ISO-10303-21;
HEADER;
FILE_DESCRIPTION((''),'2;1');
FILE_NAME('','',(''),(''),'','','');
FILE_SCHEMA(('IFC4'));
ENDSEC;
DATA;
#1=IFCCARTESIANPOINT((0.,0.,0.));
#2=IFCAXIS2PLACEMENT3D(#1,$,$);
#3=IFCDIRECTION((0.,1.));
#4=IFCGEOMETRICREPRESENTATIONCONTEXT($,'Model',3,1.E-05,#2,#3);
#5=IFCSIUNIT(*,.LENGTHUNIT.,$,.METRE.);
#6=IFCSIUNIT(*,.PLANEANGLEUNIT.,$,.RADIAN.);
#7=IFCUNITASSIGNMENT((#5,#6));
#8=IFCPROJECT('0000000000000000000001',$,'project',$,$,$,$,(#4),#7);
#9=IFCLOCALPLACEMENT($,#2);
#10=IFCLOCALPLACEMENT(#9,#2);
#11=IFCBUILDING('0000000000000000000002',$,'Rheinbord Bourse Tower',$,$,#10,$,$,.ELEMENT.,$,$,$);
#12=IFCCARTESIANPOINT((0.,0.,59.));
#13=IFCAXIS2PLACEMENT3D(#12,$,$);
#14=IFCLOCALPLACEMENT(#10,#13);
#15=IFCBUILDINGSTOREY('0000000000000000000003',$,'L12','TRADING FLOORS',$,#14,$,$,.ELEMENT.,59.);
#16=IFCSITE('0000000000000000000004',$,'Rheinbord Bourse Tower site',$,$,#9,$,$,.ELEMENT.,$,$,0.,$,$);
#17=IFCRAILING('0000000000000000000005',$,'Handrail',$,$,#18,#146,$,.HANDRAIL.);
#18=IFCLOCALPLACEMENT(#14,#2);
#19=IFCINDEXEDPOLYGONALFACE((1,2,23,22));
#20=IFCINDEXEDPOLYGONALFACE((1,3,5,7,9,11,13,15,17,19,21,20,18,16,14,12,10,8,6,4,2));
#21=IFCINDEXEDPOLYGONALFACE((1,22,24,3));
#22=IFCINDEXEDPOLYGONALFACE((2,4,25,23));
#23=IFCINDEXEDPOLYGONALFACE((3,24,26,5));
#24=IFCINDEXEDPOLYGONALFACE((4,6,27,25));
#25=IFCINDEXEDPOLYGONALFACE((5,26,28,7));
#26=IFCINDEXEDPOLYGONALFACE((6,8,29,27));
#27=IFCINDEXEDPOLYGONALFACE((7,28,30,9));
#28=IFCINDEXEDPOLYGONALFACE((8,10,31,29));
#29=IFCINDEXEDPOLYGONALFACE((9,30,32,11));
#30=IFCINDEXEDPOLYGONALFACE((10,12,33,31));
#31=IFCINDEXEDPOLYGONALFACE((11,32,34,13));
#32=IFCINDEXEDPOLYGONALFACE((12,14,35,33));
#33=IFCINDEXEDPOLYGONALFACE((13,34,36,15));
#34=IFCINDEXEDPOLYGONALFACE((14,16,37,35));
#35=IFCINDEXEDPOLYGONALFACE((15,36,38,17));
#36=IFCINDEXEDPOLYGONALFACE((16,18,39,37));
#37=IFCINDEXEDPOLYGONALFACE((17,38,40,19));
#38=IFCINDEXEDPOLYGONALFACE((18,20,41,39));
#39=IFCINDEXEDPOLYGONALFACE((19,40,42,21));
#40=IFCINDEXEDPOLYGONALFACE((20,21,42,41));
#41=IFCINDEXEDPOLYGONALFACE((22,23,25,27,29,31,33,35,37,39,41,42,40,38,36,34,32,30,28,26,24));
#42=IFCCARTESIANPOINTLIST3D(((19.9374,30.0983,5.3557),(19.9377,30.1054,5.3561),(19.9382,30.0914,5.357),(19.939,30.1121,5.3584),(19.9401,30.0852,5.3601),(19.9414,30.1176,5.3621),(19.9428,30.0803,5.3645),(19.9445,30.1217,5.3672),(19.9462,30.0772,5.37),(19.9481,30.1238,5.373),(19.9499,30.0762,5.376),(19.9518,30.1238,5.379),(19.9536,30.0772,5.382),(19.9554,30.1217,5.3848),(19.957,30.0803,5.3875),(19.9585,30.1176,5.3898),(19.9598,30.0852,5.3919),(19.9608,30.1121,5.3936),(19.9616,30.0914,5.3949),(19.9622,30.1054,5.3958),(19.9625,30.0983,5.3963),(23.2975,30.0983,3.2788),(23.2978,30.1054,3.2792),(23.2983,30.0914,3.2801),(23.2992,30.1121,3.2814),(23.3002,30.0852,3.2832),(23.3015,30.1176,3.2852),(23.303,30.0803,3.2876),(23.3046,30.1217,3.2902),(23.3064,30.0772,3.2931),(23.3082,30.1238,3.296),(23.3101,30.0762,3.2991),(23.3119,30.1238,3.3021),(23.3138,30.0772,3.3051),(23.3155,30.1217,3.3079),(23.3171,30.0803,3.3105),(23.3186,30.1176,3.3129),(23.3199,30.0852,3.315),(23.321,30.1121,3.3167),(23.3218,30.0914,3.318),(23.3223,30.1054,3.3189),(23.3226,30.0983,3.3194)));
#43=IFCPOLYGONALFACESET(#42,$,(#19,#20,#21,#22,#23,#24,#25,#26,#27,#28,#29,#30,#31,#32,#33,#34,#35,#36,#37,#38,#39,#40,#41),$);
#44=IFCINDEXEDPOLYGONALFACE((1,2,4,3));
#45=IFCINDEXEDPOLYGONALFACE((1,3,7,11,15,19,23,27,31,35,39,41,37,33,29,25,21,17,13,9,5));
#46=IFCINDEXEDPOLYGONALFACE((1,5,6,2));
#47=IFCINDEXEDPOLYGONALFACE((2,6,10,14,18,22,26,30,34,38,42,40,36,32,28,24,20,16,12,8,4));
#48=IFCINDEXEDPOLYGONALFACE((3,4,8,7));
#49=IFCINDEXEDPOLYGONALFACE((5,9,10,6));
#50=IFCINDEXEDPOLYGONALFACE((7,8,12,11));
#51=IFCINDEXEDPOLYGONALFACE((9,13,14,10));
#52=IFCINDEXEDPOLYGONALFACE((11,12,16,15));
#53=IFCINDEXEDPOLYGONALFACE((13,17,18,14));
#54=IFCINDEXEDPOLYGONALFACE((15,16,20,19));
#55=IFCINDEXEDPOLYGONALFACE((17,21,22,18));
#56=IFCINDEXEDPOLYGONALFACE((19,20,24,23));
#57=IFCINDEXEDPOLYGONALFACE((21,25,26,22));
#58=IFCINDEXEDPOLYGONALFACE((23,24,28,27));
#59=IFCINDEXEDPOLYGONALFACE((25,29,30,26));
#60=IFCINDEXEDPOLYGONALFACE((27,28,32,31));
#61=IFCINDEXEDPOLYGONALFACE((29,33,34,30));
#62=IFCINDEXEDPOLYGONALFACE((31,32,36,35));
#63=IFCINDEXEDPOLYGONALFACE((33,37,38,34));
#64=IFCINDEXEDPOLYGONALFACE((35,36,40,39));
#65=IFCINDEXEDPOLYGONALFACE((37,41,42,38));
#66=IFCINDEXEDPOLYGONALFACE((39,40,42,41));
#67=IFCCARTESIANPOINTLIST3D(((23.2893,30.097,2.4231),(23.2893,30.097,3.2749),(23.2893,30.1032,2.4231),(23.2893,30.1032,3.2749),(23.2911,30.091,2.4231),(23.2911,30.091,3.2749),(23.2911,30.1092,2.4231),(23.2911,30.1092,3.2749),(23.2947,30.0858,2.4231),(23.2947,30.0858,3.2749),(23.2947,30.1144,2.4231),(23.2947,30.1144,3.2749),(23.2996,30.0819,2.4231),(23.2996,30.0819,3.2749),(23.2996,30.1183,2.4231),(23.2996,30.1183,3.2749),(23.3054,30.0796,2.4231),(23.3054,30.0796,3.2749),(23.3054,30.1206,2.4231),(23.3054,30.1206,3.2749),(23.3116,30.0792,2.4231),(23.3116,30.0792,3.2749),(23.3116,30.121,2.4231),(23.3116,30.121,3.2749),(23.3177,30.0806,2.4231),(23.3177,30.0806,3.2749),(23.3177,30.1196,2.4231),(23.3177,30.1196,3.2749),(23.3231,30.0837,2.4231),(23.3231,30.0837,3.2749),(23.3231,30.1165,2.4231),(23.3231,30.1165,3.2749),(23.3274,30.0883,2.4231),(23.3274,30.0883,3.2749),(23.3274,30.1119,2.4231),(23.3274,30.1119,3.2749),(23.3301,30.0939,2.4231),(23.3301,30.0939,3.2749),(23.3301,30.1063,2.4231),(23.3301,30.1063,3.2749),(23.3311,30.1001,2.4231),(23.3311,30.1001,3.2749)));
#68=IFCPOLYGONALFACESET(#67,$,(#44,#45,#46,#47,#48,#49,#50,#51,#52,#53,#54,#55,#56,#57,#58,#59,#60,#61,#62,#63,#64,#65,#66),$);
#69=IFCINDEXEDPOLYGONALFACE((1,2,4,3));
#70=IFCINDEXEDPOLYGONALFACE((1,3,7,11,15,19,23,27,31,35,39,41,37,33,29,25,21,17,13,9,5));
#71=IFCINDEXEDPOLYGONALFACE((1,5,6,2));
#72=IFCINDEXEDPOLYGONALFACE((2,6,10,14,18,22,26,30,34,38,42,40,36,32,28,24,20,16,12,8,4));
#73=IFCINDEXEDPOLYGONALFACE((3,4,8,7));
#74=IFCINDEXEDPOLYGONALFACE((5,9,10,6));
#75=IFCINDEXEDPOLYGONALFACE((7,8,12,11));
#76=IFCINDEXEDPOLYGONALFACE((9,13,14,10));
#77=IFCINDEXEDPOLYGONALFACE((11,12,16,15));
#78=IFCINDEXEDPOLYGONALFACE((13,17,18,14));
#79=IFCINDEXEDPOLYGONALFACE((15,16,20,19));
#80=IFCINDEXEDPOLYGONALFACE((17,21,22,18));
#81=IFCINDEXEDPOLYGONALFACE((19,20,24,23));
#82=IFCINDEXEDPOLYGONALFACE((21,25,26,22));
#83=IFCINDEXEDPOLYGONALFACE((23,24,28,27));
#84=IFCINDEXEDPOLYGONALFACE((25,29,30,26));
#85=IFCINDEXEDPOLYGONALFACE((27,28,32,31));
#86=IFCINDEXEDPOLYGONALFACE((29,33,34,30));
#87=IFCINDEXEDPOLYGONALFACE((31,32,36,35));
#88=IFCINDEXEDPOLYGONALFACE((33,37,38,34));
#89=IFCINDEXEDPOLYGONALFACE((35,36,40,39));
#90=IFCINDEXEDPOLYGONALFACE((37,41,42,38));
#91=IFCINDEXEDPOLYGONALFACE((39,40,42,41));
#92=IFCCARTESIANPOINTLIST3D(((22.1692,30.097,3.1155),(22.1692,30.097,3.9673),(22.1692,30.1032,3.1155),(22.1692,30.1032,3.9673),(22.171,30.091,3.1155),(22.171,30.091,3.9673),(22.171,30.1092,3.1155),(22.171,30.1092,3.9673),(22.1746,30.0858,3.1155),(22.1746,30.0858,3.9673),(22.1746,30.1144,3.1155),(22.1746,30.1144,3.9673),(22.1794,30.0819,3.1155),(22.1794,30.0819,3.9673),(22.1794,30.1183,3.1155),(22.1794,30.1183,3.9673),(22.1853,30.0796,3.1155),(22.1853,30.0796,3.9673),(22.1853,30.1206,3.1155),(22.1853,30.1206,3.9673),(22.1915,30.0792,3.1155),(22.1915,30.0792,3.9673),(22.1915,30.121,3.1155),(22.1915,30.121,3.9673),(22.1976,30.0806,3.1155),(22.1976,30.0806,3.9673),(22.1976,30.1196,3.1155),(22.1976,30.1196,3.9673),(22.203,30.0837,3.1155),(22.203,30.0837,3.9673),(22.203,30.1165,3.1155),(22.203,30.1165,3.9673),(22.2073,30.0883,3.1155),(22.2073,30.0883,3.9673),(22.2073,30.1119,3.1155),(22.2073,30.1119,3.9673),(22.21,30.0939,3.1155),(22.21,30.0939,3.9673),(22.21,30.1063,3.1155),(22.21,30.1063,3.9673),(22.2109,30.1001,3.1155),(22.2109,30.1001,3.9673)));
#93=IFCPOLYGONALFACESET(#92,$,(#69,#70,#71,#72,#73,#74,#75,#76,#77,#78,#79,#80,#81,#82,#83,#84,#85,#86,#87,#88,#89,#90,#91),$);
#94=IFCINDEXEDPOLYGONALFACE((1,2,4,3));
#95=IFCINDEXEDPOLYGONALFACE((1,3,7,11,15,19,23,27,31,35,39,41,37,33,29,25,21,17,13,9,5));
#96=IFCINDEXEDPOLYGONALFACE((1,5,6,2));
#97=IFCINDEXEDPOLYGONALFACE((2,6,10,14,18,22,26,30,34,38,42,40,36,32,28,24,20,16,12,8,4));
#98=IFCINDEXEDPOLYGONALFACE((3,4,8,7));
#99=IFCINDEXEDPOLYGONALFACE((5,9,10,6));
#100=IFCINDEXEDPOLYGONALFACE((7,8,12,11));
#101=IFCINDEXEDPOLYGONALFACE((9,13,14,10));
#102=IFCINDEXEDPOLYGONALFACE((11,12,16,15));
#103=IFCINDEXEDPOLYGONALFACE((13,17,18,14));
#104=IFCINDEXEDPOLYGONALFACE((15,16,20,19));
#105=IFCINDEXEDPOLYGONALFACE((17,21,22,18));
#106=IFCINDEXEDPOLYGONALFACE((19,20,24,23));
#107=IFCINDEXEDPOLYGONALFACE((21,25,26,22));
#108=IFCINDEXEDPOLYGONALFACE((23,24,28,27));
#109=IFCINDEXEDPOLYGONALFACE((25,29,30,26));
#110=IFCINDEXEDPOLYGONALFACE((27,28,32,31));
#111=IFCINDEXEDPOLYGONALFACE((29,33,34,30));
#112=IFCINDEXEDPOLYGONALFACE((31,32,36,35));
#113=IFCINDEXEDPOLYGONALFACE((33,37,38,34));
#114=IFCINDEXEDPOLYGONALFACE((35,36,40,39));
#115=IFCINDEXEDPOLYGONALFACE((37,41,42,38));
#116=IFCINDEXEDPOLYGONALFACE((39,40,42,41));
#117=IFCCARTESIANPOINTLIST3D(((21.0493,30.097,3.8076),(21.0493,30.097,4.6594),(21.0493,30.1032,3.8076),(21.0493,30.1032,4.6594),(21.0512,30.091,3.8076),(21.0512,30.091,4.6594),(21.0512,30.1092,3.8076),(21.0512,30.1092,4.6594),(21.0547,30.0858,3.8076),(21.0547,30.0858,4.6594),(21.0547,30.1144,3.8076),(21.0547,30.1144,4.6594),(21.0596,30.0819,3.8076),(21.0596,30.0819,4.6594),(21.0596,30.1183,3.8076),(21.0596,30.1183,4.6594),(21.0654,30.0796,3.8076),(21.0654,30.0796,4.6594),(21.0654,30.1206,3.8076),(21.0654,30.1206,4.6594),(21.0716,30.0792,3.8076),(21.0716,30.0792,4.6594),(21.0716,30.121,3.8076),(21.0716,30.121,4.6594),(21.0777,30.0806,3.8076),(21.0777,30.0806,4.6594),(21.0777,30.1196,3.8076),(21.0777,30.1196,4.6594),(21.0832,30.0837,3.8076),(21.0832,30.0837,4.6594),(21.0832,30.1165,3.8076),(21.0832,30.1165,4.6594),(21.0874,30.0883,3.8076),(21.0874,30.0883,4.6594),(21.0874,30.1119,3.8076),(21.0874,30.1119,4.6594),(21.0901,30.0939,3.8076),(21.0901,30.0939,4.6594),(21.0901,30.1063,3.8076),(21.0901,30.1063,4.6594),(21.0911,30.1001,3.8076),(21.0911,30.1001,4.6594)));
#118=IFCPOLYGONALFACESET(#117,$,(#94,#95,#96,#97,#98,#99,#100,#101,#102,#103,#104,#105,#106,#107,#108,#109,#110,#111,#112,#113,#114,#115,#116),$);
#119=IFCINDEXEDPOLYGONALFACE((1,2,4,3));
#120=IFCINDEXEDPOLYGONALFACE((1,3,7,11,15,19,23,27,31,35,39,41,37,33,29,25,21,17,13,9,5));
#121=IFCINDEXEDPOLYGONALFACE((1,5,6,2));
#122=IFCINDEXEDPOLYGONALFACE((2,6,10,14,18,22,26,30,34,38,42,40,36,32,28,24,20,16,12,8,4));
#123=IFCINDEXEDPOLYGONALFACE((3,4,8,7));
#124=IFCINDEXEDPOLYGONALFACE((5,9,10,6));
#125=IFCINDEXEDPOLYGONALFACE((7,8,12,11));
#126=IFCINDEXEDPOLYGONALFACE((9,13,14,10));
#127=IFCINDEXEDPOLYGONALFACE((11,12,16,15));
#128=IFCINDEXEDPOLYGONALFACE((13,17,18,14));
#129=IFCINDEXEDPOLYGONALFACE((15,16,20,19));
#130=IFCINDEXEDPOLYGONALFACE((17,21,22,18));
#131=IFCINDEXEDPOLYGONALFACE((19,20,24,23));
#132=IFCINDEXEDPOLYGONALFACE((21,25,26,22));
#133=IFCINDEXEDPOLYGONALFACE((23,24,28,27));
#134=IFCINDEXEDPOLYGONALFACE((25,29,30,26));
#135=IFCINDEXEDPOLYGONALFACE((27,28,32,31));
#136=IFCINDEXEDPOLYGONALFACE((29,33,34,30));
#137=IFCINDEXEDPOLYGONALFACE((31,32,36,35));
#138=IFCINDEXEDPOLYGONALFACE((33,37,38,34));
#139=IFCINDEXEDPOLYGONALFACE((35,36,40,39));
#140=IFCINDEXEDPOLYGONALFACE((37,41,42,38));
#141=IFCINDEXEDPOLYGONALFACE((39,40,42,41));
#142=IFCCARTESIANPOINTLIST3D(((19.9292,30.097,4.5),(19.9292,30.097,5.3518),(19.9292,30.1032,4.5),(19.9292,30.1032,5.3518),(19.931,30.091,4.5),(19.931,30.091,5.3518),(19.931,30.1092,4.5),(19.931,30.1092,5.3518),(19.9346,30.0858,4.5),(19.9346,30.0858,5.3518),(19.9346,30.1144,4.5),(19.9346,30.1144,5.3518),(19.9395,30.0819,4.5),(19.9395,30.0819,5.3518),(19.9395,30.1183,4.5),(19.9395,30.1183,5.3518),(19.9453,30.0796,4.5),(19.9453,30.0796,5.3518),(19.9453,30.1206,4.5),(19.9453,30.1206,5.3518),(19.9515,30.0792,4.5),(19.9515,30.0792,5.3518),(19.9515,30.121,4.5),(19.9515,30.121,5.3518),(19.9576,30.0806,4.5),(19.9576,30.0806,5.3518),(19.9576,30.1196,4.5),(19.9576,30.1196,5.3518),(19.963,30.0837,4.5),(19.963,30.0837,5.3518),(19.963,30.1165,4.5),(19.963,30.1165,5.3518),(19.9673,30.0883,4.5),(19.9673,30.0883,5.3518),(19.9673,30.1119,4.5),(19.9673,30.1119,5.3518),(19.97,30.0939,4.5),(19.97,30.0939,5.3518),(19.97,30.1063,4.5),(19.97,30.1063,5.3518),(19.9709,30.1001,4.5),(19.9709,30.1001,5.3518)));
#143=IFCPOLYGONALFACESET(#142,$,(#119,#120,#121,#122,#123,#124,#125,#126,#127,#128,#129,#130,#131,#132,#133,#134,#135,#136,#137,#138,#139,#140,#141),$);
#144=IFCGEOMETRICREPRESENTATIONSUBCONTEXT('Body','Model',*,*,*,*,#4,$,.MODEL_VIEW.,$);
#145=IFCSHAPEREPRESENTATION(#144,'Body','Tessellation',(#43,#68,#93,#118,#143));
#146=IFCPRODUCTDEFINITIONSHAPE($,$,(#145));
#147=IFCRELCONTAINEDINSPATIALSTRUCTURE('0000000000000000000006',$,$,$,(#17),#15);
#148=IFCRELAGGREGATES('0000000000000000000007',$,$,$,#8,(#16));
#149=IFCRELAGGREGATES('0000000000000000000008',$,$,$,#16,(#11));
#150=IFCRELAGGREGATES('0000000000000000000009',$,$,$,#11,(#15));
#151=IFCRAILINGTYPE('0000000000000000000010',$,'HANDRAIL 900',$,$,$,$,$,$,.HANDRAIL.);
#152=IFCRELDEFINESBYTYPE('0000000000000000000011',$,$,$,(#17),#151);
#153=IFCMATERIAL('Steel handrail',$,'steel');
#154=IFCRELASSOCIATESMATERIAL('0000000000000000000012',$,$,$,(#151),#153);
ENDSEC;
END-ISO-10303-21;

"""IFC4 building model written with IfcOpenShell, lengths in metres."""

from ifc_helpers import new_model, si_unit, direction, frame, origin, origin_2d, place, context, subcontext, project, spatial, circle, extrude, material, type_object, element, save


model = new_model("IFC4")

# Units and contexts
model_context = context("Model", 3, precision=1e-05, world=origin(), true_north=direction((0.0, 1.0)))
body_context = subcontext(model_context, "Body", "Model", "MODEL_VIEW")
ifc_project = project(units=[si_unit("LENGTHUNIT", "METRE"), si_unit("PLANEANGLEUNIT", "RADIAN")], contexts=[model_context])

# Site, building, storey
site_placement = place(None, origin())
site = spatial("IfcSite", under=ifc_project, at=site_placement, Name="Rheinbord Bourse Tower site", CompositionType="ELEMENT", RefElevation=0.0)
building_placement = place(site_placement, origin())
building = spatial("IfcBuilding", under=site, at=building_placement, Name="Rheinbord Bourse Tower", CompositionType="ELEMENT")
storey_placement = place(building_placement, frame((0.0, 0.0, 59.0)))
storey = spatial("IfcBuildingStorey", under=building, at=storey_placement, Name="L12", Description="TRADING FLOORS", CompositionType="ELEMENT", Elevation=59.0)

# Railing
ifc_material_1 = material(Name="Steel handrail", Category="steel")
railing_type = type_object("IfcRailingType", Name="HANDRAIL 900", PredefinedType="HANDRAIL", material=ifc_material_1)
railing_1_placement = place(storey_placement, frame((23.3101, 30.1001, 2.4231)))
element("IfcRailing", 1, at=railing_1_placement, inside=storey, type_object=railing_type, Name="Handrail", PredefinedType="HANDRAIL", context=body_context, shape_type="SweptSolid", body=[
    extrude(circle(Radius=0.0239, at=origin_2d()), frame((0.0, 0.0, 0.876), z_axis=(-0.850623, 0.0, 0.525776), x_axis=(0.0, -1.0, 0.0)), (0.0, 0.0, 1.0), 3.9502),
    extrude(circle(Radius=0.021, at=origin_2d()), origin(), (0.0, 0.0, 1.0), 0.8518),
    extrude(circle(Radius=0.021, at=origin_2d()), frame((-1.1201, 0.0, 0.6924)), (0.0, 0.0, 1.0), 0.8518),
    extrude(circle(Radius=0.021, at=origin_2d()), frame((-2.24, 0.0, 1.3845)), (0.0, 0.0, 1.0), 0.8518),
    extrude(circle(Radius=0.021, at=origin_2d()), frame((-3.3601, 0.0, 2.0769)), (0.0, 0.0, 1.0), 0.8518),
])

save(model, "model.ifc")
